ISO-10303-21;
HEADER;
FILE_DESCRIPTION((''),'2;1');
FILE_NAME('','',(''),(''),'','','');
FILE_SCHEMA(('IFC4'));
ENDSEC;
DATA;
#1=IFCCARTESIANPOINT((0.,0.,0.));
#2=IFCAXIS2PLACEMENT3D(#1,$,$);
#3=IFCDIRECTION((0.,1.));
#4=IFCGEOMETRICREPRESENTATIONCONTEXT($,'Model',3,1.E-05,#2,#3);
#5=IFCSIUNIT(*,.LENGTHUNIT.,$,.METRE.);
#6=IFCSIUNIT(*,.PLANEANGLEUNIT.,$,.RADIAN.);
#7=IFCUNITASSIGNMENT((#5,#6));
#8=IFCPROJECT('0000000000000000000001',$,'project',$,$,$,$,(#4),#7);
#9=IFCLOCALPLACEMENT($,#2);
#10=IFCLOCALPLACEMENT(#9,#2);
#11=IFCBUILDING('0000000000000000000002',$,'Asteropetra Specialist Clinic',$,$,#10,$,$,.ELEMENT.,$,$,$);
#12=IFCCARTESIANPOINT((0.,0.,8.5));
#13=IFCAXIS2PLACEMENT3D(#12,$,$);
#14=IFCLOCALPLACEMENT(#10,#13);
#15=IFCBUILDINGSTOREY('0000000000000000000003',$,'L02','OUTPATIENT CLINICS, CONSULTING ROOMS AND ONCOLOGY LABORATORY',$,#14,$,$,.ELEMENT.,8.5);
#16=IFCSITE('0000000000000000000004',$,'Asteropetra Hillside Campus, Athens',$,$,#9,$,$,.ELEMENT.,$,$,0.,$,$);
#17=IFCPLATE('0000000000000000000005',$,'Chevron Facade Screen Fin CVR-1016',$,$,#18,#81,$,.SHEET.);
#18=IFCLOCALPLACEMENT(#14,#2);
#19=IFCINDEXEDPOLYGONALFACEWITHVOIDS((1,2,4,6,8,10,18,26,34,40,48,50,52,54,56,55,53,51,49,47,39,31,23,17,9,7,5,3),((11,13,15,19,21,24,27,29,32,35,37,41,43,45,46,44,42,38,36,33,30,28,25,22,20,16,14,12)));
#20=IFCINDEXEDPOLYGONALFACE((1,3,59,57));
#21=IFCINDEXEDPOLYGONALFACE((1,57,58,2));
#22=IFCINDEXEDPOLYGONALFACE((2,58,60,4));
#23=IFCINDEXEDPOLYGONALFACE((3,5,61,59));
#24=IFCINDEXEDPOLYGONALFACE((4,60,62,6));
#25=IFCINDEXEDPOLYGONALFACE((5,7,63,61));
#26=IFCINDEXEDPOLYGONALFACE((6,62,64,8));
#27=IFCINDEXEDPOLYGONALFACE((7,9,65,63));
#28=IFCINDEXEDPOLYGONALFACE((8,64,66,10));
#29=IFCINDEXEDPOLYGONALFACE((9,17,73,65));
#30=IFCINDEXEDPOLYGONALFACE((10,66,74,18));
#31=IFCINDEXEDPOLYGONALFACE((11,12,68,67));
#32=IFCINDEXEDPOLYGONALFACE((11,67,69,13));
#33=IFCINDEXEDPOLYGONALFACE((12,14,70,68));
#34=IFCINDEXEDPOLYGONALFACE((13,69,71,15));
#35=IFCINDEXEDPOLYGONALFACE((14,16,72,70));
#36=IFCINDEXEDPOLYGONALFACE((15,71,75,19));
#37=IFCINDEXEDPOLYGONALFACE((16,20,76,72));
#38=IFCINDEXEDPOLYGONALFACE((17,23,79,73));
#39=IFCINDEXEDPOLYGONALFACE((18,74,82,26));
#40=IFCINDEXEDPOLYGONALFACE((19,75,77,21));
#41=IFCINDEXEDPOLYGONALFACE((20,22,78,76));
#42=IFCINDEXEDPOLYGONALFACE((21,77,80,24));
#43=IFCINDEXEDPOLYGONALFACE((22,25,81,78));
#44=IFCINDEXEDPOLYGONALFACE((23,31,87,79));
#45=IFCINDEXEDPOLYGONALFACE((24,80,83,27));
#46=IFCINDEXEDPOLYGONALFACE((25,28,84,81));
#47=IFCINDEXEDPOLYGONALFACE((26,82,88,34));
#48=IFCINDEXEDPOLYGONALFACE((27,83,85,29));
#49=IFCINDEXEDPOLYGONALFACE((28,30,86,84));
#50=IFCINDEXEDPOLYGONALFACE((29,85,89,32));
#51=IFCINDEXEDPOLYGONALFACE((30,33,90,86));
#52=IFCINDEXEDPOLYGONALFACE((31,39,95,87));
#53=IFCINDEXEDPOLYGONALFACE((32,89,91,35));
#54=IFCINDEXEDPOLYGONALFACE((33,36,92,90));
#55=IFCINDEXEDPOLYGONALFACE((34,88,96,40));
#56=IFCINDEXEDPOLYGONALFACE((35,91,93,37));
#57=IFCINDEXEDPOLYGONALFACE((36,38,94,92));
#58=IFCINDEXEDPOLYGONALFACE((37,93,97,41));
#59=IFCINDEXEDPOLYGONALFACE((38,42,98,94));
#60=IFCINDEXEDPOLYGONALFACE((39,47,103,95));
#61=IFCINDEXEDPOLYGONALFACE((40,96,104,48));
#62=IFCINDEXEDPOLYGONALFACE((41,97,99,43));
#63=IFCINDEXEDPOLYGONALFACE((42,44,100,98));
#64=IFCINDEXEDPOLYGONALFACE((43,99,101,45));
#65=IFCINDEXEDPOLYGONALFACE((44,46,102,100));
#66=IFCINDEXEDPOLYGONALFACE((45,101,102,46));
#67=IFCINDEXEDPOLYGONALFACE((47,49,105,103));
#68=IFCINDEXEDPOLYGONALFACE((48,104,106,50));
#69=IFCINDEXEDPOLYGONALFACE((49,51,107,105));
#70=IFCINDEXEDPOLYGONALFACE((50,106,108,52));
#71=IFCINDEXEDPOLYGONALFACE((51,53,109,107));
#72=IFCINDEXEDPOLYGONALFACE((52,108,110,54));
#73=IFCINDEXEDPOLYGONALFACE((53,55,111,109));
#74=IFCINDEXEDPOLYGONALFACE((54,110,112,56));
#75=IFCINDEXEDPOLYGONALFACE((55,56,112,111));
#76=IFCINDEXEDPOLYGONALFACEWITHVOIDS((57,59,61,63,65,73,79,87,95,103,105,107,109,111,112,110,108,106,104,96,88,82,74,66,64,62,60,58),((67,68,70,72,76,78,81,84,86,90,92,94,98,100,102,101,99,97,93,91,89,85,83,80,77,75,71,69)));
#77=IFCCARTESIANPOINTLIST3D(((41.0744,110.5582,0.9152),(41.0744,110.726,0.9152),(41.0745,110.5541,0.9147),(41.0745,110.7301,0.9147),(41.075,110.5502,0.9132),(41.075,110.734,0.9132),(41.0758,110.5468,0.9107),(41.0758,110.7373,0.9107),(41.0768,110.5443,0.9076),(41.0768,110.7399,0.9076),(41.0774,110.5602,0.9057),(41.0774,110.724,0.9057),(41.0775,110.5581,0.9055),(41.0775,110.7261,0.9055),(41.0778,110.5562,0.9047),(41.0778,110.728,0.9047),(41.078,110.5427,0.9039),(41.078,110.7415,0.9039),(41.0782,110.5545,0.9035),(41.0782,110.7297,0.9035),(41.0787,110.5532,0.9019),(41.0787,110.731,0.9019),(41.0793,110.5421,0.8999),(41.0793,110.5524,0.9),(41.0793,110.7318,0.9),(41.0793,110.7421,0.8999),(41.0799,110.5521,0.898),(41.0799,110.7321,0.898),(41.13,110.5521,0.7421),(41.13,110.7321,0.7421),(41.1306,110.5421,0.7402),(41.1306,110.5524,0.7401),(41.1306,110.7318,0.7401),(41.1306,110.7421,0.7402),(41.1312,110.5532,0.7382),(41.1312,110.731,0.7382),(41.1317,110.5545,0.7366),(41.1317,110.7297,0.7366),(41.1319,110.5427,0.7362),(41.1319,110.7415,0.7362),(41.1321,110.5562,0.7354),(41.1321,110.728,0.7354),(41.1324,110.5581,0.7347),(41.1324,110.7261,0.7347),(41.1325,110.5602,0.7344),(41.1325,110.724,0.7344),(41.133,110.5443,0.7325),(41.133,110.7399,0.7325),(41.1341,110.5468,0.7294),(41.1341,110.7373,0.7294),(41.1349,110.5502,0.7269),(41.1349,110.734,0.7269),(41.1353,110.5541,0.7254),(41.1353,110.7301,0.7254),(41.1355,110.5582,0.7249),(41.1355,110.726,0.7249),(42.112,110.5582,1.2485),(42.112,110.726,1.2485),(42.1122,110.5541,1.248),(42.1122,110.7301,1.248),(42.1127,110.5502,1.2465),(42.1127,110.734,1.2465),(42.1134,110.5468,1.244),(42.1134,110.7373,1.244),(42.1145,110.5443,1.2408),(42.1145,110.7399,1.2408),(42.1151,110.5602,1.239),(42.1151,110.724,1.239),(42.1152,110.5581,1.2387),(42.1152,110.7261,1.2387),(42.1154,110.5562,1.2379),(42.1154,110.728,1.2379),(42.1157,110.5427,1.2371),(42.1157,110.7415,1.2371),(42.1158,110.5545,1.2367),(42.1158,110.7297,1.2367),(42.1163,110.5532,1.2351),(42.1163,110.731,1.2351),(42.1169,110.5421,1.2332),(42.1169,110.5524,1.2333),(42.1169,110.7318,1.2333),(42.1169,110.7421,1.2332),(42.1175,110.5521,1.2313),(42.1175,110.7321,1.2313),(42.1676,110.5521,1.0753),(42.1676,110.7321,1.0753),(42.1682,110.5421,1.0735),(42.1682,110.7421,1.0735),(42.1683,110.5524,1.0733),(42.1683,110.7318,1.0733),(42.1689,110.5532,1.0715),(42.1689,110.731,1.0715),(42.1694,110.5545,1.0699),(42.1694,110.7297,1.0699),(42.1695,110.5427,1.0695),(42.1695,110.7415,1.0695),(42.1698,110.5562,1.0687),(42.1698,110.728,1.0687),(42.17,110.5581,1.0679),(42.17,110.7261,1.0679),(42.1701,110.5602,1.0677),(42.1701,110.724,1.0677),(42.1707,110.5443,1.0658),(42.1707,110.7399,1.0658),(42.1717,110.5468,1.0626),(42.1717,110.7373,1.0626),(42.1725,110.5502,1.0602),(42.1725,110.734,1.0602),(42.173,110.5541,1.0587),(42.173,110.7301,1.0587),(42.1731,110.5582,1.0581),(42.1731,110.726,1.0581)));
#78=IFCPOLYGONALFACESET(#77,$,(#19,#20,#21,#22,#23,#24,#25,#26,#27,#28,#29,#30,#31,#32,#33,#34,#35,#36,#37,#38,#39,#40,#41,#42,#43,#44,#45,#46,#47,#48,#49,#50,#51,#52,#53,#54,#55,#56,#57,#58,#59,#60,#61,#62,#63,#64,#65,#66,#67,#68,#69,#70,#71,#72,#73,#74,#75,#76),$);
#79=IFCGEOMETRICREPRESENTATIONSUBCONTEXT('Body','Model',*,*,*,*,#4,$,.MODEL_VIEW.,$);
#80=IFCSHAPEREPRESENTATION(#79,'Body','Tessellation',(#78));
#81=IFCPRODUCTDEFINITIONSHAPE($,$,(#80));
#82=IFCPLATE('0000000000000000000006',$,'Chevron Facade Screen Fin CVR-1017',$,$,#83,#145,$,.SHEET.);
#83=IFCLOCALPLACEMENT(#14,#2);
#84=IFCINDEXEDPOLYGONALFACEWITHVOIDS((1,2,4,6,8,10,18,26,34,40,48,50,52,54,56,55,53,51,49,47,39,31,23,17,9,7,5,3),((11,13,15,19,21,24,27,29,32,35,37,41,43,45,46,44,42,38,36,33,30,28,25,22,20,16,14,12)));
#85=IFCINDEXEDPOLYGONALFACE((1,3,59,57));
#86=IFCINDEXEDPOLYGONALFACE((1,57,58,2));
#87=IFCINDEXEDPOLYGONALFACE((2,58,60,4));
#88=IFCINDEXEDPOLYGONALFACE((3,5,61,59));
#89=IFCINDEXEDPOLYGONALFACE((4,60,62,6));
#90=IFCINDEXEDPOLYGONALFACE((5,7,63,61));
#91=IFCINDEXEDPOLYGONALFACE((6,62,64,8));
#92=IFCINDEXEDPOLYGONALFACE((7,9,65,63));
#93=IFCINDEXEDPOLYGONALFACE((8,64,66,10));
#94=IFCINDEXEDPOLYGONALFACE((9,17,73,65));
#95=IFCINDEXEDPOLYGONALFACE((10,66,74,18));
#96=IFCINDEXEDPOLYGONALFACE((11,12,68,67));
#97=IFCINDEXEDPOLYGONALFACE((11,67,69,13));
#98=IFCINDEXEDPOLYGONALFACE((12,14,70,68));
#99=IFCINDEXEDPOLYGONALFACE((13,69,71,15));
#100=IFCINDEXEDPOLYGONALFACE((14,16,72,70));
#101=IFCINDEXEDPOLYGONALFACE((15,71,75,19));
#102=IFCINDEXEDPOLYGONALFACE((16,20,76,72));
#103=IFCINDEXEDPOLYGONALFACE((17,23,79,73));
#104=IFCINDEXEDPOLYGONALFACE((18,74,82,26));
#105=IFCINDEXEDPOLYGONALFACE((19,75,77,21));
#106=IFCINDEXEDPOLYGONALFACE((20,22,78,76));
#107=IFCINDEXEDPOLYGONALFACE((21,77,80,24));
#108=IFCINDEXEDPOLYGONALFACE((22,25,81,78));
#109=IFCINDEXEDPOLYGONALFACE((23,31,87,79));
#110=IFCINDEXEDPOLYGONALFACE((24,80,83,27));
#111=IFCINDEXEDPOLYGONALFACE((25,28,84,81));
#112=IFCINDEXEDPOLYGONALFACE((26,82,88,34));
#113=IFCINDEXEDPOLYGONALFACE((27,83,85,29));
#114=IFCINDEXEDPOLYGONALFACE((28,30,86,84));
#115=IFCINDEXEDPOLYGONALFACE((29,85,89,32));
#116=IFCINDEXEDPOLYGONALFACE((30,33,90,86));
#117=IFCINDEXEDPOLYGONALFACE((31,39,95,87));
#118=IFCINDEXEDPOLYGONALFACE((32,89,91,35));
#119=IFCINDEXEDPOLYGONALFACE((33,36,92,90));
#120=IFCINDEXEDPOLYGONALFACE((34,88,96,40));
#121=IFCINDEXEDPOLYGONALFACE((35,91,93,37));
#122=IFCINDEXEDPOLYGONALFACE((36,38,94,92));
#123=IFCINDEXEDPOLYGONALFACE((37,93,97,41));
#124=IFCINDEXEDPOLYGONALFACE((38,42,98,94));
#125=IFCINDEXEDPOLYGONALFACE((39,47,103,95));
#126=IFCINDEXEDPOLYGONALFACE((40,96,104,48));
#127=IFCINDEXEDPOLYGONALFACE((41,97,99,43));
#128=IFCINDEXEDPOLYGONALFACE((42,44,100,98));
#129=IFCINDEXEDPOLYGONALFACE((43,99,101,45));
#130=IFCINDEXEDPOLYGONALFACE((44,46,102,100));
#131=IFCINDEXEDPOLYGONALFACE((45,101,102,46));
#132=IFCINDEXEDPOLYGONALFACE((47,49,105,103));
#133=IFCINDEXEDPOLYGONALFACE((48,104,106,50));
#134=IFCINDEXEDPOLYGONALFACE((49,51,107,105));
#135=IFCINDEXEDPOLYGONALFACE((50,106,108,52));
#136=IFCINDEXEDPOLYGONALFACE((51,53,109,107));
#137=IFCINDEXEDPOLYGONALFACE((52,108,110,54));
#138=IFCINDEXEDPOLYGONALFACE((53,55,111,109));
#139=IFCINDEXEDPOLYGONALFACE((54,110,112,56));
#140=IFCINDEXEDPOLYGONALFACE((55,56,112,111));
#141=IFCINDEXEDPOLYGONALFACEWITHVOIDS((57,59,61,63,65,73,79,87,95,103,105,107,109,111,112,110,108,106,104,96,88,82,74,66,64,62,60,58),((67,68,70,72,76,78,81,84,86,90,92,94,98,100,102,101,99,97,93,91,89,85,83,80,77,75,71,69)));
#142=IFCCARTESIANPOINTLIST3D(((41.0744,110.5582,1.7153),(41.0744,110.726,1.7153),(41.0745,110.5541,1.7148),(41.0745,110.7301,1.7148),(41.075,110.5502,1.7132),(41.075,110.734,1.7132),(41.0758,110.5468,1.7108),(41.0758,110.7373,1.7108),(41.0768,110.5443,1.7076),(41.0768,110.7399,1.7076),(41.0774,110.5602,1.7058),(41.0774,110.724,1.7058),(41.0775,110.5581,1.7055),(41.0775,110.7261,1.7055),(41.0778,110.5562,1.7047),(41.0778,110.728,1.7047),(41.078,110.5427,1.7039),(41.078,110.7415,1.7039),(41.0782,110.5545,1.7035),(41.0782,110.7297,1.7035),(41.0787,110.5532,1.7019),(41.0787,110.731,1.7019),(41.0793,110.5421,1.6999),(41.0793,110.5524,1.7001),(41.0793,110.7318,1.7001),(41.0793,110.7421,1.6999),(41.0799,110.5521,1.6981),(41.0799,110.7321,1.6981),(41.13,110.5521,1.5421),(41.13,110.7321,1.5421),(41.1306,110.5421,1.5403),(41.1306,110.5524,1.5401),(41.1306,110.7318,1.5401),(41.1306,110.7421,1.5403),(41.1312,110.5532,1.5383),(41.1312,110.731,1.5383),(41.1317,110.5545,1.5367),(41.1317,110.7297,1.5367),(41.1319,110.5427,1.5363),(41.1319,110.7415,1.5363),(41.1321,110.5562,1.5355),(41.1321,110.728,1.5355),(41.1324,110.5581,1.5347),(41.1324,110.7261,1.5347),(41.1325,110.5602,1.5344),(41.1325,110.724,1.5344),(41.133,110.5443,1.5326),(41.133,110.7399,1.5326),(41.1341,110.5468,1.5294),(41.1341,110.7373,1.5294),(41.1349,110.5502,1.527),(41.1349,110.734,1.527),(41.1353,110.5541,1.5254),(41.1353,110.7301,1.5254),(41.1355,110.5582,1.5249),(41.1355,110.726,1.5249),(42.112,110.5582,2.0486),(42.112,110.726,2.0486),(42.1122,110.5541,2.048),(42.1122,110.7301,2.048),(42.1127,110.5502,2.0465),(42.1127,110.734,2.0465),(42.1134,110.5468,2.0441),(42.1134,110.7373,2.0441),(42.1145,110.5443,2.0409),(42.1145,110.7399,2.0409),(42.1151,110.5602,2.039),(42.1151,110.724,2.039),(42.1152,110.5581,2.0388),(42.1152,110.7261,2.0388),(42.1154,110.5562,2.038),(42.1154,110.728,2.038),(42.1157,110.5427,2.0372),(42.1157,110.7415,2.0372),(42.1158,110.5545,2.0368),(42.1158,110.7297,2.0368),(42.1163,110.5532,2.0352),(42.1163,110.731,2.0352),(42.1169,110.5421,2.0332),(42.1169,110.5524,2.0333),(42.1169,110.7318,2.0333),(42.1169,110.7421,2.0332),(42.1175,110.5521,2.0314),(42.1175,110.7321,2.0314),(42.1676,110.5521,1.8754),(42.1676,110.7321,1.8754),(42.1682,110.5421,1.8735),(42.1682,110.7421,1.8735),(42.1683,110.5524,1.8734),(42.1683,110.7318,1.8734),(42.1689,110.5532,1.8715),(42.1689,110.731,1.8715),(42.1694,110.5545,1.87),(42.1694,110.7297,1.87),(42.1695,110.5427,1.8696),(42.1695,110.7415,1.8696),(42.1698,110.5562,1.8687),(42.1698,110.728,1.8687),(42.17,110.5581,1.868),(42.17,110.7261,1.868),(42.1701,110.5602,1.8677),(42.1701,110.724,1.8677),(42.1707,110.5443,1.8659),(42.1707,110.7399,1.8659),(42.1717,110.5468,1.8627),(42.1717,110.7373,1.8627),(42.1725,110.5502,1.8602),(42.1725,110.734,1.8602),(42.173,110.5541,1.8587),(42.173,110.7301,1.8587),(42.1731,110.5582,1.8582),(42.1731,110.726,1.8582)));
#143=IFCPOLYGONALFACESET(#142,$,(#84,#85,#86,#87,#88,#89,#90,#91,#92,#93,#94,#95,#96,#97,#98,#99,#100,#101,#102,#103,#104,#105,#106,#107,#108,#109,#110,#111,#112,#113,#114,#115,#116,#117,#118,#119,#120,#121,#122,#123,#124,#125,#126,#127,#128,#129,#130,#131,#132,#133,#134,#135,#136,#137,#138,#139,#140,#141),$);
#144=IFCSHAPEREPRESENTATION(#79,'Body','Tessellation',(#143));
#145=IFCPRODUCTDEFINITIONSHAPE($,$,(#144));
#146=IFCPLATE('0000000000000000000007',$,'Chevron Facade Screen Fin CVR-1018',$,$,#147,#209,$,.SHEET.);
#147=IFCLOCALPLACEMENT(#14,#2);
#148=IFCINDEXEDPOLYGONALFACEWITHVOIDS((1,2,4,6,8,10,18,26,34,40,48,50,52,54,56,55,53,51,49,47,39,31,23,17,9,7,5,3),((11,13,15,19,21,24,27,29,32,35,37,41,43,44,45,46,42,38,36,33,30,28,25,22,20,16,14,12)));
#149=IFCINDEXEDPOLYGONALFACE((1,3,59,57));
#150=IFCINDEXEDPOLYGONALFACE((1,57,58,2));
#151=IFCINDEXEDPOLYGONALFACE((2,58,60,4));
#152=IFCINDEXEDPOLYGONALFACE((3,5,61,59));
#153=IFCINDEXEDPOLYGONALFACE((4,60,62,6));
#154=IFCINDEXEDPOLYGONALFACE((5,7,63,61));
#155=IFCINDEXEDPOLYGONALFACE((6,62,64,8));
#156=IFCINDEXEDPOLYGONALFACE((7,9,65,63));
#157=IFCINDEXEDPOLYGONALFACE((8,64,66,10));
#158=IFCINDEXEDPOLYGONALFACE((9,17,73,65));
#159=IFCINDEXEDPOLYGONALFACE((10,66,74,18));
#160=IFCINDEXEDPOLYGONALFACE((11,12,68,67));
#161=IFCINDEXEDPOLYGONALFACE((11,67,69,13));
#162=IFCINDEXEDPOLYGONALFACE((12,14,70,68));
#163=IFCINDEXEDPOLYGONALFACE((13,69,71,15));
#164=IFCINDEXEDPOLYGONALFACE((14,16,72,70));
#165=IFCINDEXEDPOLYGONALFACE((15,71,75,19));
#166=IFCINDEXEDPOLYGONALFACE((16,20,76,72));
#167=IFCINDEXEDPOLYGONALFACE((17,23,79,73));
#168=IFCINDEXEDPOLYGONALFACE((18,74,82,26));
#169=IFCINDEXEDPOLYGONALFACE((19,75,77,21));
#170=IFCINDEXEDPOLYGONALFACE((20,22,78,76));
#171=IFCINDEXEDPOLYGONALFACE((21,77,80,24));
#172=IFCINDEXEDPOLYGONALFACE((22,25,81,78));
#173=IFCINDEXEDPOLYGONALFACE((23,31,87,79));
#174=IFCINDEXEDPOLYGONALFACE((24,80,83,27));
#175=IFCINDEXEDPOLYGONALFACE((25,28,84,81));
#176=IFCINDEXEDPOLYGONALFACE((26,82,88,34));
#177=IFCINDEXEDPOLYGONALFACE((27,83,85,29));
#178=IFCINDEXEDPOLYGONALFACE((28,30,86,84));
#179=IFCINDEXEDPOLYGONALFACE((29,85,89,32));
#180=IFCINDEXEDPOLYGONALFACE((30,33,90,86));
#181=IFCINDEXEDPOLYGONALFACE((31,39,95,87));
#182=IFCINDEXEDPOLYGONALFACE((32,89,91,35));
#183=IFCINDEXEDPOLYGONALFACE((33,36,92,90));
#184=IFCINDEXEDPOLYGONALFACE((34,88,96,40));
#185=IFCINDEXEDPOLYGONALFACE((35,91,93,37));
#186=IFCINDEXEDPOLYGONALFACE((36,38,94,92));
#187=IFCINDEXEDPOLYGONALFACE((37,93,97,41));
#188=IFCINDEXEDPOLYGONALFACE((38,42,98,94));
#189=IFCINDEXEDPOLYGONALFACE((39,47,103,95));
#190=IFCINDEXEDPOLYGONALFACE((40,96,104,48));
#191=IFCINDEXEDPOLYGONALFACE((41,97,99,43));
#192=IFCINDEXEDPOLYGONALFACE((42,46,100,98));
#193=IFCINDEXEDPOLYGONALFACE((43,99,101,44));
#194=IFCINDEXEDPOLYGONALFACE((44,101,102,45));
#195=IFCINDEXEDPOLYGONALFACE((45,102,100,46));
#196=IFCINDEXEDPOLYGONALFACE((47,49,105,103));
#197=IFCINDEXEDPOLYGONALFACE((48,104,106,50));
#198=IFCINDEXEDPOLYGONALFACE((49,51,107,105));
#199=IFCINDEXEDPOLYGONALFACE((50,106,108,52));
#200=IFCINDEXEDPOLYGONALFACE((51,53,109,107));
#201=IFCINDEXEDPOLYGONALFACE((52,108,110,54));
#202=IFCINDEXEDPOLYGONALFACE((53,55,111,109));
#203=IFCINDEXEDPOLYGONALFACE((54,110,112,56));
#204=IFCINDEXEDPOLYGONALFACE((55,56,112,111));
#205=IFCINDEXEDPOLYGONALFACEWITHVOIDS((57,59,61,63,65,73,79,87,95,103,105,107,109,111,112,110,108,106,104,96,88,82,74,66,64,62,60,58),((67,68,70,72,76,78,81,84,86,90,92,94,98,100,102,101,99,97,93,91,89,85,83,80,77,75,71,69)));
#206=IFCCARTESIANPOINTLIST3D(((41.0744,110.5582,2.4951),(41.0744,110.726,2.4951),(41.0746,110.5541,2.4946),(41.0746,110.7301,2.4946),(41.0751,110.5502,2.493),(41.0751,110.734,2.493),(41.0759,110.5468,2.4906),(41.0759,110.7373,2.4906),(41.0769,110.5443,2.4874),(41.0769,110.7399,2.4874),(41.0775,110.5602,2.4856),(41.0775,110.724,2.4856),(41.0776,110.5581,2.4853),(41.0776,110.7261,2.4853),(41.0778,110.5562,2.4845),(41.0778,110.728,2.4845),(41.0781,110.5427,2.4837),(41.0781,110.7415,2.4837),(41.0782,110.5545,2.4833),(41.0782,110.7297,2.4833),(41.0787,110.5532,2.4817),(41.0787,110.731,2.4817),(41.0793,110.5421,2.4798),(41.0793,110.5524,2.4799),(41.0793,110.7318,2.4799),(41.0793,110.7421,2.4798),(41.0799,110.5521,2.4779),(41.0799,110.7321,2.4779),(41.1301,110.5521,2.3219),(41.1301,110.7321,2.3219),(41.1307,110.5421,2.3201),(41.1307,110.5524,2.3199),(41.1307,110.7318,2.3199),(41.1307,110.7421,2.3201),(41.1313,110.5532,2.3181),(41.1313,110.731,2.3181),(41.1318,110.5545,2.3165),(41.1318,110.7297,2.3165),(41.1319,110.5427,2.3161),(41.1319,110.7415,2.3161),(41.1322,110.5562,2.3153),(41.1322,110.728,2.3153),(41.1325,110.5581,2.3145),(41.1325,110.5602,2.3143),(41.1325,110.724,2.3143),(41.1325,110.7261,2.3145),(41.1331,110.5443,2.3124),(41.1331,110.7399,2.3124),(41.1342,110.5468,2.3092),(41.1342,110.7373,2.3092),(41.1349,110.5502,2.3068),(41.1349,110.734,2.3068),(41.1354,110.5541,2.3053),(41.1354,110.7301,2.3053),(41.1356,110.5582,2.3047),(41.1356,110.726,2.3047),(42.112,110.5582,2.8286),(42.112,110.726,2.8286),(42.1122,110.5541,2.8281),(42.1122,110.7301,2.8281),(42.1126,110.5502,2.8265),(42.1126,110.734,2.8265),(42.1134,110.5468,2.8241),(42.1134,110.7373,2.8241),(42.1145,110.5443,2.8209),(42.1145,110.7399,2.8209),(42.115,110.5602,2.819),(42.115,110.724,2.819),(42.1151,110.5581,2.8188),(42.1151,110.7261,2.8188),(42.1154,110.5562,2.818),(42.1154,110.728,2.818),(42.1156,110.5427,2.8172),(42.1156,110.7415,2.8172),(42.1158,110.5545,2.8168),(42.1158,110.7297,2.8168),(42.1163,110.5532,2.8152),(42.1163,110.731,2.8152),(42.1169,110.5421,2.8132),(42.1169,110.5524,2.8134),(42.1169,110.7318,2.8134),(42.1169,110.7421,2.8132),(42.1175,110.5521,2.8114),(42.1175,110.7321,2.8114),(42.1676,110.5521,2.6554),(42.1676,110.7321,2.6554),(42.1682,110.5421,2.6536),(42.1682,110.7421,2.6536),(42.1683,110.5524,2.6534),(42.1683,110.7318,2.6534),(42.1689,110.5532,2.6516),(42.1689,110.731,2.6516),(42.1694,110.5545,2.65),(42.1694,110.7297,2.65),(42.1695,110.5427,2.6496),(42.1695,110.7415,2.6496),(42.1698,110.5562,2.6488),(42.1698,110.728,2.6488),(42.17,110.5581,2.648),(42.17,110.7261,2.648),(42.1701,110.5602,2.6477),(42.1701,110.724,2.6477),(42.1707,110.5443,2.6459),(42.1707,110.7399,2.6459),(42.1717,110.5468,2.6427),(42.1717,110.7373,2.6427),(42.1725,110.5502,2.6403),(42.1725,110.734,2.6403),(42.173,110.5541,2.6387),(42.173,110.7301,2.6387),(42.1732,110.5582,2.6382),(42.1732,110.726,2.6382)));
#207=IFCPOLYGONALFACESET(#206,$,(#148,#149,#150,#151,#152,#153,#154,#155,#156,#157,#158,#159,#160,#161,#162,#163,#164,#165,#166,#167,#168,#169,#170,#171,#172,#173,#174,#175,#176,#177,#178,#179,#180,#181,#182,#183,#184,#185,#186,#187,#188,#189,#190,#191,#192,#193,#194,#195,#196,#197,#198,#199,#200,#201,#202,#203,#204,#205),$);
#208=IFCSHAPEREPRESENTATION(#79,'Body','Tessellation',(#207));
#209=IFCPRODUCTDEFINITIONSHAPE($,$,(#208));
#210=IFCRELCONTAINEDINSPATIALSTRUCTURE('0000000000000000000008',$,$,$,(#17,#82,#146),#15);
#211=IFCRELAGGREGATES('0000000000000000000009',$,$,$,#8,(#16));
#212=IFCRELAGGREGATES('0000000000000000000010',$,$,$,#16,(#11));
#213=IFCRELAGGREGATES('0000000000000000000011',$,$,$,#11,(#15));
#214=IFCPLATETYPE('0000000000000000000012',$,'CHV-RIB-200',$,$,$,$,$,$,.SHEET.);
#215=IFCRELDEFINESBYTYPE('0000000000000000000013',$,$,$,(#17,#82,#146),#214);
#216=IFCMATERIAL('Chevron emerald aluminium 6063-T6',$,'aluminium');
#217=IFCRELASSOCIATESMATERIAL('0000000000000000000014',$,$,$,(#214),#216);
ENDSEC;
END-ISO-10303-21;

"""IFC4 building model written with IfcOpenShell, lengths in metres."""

from ifc_helpers import new_model, si_unit, direction, frame, origin, origin_2d, place, context, subcontext, project, spatial, hollow_rectangle, extrude, material, material_profile, profile_set, type_object, element, save


model = new_model("IFC4")

# Units and contexts
model_context = context("Model", 3, precision=1e-05, world=origin(), true_north=direction((0.0, 1.0)))
body_context = subcontext(model_context, "Body", "Model", "MODEL_VIEW")
ifc_project = project(units=[si_unit("LENGTHUNIT", "METRE"), si_unit("PLANEANGLEUNIT", "RADIAN")], contexts=[model_context])

# Site, building, storey
site_placement = place(None, origin())
site = spatial("IfcSite", under=ifc_project, at=site_placement, Name="Asteropetra Hillside Campus, Athens", CompositionType="ELEMENT", RefElevation=0.0)
building_placement = place(site_placement, origin())
building = spatial("IfcBuilding", under=site, at=building_placement, Name="Asteropetra Specialist Clinic", CompositionType="ELEMENT")
storey_placement = place(building_placement, frame((0.0, 0.0, 8.5)))
storey = spatial("IfcBuildingStorey", under=building, at=storey_placement, Name="L02", Description="OUTPATIENT CLINICS, CONSULTING ROOMS AND ONCOLOGY LABORATORY", CompositionType="ELEMENT", Elevation=8.5)

# Plates
ifc_material_1 = material(Name="Chevron emerald aluminium 6063-T6", Category="aluminium")
ifc_material_profile_1 = material_profile(ifc_material_1, hollow_rectangle(XDim=0.2, YDim=0.2, WallThickness=0.01, InnerFilletRadius=0.0081, OuterFilletRadius=0.0161, at=origin_2d()), Name="SHS 200x200x10.0")
ifc_profile_set_1 = profile_set([ifc_material_profile_1], Name="Chevron emerald aluminium 6063-T6")
plate_type = type_object("IfcPlateType", Name="CHV-RIB-200", PredefinedType="SHEET", material=ifc_profile_set_1)
for number, where, z_axis, x_axis, name in (
    (1, (42.1426, 110.6421, 1.1533), (-0.952098, 0.0, -0.305792), (0.0, -1.0, 0.0), "Chevron Facade Screen Fin CVR-1016"),
    (2, (42.1426, 110.6421, 1.9534), (-0.952098, 0.0, -0.305792), (0.0, -1.0, 0.0), "Chevron Facade Screen Fin CVR-1017"),
    (3, (42.1426, 110.6421, 2.7334), (-0.952033, 0.0, -0.305995), (0.0, -1.0, 0.0), "Chevron Facade Screen Fin CVR-1018"),
):
    element("IfcPlate", number, at=place(storey_placement, frame(where, z_axis=z_axis, x_axis=x_axis)), inside=storey, type_object=plate_type, Name=name, PredefinedType="SHEET", context=body_context, shape_type="SweptSolid", body=[
        extrude(hollow_rectangle(XDim=0.2, YDim=0.2, WallThickness=0.01, InnerFilletRadius=0.0081, OuterFilletRadius=0.0161, at=origin_2d()), origin(), (0.0, 0.0, 1.0), 1.0898),
    ])

save(model, "model.ifc")
